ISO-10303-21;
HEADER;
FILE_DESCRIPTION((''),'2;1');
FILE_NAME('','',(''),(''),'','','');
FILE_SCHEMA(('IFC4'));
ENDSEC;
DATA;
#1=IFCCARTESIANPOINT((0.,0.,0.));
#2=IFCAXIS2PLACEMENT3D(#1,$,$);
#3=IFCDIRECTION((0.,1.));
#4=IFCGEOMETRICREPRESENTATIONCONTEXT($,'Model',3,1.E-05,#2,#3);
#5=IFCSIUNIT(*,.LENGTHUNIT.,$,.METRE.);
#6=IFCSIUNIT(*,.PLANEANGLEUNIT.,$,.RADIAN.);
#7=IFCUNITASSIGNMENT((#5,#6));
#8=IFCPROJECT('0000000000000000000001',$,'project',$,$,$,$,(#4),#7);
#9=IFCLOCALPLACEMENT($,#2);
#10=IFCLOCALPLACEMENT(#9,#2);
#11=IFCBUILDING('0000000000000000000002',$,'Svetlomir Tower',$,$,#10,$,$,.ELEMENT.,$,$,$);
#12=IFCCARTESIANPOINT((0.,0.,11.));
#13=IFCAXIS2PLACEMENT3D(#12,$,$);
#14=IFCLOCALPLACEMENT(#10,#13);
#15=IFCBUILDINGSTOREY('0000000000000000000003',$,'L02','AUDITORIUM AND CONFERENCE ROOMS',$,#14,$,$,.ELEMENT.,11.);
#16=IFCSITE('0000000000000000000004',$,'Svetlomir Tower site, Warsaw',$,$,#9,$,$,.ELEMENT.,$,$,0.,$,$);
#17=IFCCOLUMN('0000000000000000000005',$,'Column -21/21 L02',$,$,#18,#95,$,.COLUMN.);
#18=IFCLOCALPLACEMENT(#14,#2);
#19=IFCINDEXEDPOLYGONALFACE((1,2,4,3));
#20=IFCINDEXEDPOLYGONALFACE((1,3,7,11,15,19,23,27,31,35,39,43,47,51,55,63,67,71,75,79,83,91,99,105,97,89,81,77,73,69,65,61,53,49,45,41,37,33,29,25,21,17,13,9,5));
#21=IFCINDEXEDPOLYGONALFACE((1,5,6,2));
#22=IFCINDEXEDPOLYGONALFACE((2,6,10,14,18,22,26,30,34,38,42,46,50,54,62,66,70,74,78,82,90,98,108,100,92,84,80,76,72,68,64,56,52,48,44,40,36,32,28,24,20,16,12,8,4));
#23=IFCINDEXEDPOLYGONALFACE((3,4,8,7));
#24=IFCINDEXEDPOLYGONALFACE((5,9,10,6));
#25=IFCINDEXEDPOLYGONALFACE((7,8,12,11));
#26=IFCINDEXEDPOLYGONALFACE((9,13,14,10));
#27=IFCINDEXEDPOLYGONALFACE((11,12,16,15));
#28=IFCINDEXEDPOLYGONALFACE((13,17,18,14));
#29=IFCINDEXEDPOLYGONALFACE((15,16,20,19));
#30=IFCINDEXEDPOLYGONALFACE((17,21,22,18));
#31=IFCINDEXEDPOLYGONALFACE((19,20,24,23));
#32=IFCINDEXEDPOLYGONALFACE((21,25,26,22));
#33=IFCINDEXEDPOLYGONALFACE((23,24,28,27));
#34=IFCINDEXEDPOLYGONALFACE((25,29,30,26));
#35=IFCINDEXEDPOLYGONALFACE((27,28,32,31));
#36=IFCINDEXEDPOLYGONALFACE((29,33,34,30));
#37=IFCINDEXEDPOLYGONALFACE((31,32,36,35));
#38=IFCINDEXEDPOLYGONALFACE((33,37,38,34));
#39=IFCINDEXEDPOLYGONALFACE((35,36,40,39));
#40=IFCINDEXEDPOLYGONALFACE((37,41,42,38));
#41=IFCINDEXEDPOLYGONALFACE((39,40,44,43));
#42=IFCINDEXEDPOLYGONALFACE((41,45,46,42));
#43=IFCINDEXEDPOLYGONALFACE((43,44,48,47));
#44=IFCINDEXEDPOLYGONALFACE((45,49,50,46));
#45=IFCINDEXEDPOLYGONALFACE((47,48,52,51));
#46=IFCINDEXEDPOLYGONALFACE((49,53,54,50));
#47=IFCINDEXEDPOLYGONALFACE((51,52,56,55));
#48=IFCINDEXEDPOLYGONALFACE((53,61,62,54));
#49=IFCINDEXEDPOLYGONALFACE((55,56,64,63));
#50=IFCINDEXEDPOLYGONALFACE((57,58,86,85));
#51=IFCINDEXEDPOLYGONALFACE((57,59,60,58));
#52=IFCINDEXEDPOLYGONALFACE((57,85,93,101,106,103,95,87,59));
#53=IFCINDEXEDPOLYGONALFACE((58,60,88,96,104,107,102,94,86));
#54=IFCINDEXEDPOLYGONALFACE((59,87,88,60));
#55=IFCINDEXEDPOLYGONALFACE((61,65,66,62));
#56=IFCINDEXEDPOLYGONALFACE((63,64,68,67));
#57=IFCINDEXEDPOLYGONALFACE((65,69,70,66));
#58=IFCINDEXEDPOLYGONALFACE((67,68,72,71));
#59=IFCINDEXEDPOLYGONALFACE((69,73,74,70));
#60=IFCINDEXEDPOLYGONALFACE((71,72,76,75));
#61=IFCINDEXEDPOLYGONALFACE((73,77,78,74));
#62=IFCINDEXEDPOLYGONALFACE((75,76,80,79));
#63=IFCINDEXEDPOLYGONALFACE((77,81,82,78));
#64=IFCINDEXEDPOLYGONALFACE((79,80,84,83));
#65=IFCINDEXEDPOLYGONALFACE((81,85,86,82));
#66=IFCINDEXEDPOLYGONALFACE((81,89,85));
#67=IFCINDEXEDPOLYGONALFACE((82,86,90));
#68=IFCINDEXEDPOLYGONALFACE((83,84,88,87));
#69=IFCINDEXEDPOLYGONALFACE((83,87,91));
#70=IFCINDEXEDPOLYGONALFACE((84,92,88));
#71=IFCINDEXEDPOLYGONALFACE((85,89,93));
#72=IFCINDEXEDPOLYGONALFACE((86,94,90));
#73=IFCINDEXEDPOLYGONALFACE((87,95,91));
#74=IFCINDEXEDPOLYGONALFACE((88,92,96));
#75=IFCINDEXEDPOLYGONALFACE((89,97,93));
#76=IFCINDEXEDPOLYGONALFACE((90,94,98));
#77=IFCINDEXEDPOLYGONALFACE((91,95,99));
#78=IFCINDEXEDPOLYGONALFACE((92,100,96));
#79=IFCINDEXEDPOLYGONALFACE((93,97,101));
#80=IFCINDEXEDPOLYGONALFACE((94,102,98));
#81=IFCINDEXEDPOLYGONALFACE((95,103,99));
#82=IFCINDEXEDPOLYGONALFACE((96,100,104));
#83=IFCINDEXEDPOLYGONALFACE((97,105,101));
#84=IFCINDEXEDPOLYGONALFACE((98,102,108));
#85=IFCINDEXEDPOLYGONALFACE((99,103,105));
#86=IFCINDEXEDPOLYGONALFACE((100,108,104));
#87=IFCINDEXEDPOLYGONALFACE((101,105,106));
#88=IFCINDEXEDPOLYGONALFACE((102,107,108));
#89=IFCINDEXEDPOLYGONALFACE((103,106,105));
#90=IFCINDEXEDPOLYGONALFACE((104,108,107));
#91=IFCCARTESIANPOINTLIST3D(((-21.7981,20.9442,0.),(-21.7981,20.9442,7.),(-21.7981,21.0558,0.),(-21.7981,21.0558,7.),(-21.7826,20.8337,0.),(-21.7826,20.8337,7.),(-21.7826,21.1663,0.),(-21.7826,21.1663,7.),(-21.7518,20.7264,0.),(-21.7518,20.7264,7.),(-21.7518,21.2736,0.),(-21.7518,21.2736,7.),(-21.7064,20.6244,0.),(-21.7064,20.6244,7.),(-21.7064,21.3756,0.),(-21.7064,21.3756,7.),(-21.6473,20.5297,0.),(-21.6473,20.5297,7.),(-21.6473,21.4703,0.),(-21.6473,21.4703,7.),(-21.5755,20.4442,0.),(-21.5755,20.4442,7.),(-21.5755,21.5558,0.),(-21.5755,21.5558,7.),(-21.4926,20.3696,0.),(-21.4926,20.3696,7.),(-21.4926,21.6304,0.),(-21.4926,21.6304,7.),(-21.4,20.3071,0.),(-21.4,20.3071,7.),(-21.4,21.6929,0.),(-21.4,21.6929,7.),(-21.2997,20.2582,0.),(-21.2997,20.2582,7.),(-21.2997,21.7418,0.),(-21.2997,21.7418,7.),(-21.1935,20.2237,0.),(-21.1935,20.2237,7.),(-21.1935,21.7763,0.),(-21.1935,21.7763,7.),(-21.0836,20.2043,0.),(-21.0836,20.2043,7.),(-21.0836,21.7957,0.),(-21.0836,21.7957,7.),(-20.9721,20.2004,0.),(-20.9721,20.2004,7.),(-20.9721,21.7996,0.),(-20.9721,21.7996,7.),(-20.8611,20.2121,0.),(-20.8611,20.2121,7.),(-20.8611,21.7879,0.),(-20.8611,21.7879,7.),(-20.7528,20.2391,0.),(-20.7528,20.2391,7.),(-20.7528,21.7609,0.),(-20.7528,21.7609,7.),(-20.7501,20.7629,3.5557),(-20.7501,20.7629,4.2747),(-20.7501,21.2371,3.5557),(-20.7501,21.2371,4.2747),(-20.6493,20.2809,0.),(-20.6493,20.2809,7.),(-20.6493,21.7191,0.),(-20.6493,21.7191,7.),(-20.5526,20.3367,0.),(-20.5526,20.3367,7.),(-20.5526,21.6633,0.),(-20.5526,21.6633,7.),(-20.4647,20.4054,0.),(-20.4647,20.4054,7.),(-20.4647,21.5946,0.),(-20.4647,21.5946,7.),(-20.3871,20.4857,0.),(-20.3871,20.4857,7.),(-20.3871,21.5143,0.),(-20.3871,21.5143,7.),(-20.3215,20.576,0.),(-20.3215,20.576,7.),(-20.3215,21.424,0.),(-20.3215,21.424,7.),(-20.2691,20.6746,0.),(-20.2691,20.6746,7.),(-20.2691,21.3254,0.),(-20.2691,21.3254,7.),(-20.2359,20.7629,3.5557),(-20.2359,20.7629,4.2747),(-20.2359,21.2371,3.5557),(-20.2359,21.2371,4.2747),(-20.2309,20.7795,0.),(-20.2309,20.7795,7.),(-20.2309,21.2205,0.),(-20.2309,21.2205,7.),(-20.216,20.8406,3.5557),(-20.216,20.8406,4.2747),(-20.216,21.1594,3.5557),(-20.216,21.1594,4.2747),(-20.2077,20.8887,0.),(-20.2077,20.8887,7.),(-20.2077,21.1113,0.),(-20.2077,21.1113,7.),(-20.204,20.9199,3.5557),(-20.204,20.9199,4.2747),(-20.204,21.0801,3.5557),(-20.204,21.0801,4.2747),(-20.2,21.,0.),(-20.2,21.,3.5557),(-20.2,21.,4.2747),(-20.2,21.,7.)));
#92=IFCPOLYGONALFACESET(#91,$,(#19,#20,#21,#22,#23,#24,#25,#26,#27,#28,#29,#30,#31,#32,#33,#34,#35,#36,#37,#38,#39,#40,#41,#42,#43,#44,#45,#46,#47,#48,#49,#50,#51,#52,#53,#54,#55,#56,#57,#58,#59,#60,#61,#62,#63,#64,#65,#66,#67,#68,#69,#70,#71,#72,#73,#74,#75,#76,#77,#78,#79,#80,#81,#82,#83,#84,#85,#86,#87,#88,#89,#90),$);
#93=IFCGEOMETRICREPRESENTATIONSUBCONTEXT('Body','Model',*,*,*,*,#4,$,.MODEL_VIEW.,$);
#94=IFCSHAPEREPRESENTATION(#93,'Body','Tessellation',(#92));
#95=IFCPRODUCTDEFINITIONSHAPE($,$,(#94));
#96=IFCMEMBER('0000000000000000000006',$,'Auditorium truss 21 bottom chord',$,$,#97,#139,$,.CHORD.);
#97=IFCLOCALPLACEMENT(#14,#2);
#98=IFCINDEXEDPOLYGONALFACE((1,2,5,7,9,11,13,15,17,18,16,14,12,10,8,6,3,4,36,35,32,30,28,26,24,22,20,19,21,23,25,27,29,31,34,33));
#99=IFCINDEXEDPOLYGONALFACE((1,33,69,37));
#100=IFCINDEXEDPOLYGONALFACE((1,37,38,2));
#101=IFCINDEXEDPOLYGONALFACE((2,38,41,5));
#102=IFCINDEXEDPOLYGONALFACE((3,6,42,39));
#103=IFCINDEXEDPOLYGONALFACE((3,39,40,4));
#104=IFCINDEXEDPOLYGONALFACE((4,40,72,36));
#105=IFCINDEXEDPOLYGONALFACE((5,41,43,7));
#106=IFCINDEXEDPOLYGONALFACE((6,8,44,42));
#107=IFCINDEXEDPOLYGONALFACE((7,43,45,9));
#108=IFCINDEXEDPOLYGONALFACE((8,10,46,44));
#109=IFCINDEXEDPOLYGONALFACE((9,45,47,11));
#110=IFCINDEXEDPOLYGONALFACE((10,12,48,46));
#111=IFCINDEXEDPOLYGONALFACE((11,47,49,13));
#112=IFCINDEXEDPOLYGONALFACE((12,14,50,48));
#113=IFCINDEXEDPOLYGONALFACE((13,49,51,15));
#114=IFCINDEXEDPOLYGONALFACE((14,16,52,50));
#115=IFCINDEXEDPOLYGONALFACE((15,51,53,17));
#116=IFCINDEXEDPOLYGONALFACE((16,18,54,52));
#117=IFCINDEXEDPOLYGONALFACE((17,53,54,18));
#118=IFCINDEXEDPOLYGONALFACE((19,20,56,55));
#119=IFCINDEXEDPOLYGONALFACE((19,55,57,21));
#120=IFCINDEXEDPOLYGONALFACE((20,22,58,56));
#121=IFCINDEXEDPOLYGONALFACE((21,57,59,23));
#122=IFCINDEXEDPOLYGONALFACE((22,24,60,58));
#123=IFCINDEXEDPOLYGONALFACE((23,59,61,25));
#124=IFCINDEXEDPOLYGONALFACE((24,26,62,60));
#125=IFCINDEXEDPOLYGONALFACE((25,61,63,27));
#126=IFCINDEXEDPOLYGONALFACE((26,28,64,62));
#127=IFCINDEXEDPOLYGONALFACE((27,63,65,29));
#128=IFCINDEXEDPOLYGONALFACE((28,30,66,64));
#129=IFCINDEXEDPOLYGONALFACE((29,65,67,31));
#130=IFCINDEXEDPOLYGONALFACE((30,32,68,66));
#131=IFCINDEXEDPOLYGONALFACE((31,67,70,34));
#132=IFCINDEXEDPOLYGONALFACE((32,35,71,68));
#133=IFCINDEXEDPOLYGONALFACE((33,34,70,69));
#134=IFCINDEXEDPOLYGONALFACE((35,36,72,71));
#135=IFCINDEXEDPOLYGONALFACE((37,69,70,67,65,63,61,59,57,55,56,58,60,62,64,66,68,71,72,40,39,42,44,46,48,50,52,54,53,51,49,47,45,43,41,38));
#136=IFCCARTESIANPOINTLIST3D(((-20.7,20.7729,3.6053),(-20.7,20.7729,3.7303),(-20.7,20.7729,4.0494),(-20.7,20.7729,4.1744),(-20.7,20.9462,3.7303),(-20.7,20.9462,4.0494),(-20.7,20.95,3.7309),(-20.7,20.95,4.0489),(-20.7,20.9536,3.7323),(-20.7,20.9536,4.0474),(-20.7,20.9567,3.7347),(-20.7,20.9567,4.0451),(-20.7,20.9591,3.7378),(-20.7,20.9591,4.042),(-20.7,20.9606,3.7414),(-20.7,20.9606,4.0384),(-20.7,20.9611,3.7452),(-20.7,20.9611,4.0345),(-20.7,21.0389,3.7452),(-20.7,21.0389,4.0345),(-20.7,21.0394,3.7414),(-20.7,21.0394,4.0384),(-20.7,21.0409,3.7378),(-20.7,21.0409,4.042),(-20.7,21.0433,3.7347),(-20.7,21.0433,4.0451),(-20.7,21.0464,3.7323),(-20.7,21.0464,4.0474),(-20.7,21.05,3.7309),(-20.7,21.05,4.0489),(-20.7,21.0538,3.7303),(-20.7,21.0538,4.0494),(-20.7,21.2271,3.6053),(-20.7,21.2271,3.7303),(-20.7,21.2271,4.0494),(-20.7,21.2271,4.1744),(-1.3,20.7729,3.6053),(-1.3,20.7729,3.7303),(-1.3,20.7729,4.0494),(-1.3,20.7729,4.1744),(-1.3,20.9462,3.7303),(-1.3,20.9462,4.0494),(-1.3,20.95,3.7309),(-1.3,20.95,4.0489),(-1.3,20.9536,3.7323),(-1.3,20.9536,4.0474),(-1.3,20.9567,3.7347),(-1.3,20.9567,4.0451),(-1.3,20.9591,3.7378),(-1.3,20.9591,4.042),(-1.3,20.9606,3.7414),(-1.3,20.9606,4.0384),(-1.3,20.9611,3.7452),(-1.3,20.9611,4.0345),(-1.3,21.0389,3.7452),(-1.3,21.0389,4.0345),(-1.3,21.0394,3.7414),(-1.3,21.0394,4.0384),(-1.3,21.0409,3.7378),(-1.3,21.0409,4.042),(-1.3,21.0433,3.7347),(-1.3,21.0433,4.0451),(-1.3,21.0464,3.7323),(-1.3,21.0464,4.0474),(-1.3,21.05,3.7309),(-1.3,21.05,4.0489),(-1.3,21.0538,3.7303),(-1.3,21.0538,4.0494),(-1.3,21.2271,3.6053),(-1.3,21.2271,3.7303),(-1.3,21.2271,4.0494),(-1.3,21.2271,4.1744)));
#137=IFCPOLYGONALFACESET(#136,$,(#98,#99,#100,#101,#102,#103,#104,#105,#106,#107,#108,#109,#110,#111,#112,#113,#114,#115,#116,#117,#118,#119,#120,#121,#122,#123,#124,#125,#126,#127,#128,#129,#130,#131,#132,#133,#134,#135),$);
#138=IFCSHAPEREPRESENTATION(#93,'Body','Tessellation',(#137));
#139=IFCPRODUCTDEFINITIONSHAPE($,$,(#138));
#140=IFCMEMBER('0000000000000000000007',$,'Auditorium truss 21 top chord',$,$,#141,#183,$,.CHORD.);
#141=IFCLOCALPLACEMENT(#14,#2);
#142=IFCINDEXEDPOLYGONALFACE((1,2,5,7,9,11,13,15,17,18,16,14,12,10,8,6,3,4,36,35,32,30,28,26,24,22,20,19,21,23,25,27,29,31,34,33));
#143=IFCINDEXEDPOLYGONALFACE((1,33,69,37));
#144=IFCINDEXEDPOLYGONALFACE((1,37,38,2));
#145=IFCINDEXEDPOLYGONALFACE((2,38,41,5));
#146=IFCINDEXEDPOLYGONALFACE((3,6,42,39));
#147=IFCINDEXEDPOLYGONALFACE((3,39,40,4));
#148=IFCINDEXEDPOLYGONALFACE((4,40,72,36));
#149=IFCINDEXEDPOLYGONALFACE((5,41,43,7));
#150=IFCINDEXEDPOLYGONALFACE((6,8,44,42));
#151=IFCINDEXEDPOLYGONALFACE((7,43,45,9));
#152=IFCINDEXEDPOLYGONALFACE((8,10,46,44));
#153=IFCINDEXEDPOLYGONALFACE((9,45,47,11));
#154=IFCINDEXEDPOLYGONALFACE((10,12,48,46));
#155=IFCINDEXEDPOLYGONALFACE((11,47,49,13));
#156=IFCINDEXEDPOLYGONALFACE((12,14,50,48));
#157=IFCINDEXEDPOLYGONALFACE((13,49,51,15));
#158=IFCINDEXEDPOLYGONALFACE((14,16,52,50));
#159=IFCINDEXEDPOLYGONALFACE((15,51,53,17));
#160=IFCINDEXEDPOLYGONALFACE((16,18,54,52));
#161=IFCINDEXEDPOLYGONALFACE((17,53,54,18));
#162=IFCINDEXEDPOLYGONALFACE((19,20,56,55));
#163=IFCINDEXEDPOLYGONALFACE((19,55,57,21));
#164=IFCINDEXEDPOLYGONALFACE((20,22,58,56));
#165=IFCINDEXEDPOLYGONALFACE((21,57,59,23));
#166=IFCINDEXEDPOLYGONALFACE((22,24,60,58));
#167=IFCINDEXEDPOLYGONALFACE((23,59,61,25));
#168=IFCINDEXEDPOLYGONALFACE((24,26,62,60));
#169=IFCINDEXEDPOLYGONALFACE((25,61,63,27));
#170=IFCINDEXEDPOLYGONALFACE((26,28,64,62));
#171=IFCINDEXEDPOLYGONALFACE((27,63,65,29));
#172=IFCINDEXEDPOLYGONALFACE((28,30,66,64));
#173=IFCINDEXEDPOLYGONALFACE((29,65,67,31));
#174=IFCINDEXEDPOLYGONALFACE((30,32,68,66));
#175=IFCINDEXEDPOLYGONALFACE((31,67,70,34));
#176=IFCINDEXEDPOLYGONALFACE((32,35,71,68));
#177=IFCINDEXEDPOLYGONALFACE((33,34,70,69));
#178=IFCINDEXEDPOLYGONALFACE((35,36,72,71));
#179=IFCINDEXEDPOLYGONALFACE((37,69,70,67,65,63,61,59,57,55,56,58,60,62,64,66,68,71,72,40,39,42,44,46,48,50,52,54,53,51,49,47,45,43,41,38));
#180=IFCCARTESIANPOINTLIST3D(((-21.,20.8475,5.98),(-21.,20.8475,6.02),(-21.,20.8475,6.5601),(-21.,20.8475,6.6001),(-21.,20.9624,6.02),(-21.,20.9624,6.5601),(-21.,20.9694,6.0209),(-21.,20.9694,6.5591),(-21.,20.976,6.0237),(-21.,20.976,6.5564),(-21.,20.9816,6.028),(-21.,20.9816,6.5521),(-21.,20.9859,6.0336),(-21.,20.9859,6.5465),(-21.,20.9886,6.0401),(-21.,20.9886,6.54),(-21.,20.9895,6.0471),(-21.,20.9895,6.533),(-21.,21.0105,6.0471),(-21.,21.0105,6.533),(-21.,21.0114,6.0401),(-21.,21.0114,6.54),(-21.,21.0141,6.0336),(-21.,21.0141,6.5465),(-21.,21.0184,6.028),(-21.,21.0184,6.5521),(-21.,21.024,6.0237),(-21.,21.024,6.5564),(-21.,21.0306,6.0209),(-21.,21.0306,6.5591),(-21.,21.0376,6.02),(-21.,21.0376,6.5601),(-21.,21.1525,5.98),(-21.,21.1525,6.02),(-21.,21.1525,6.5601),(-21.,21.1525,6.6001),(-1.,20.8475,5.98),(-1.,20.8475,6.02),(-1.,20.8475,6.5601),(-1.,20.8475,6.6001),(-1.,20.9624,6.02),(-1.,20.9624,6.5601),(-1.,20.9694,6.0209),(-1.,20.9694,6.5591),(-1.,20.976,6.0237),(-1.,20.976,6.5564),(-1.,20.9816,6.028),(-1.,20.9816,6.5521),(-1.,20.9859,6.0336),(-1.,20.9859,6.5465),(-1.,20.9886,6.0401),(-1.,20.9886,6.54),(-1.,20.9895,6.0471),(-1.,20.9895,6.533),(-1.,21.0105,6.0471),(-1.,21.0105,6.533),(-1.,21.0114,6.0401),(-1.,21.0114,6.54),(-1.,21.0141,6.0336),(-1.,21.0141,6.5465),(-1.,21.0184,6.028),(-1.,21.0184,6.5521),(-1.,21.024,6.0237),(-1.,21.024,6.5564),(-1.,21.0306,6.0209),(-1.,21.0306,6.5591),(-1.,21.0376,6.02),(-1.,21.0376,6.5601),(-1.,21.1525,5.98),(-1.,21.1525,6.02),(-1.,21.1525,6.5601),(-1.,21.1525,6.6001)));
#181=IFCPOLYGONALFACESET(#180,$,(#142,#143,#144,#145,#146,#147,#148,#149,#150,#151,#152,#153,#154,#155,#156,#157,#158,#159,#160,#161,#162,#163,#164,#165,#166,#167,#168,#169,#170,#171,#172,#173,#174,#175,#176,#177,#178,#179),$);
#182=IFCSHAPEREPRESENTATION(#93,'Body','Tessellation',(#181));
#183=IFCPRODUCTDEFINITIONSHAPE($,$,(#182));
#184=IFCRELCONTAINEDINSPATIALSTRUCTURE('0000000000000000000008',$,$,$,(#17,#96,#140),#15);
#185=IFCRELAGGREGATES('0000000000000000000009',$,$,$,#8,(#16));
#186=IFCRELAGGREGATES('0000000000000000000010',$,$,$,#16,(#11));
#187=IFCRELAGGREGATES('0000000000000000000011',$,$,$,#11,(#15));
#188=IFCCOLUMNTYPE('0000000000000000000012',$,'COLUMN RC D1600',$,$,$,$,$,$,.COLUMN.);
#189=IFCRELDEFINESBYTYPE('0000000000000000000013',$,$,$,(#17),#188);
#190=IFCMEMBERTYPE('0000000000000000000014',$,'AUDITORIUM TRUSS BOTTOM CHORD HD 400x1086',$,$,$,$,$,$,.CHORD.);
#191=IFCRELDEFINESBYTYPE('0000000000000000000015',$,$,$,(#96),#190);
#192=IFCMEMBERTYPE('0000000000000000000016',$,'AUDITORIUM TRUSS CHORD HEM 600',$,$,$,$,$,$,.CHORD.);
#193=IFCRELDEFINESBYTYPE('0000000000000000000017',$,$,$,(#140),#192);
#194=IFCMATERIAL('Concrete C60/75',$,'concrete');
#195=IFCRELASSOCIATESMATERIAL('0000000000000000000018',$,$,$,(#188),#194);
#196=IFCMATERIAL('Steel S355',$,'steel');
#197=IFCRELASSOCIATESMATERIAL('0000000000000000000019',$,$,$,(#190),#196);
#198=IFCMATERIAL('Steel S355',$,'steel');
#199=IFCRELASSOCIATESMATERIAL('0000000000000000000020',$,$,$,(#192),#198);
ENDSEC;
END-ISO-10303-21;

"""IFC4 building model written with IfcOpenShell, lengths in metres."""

from ifc_helpers import new_model, si_unit, direction, frame, origin, origin_2d, place, context, subcontext, project, spatial, rectangle, circle, i_section, extrude, material, material_profile, profile_set, type_object, element, save


model = new_model("IFC4")

# Units and contexts
model_context = context("Model", 3, precision=1e-05, world=origin(), true_north=direction((0.0, 1.0)))
body_context = subcontext(model_context, "Body", "Model", "MODEL_VIEW")
ifc_project = project(units=[si_unit("LENGTHUNIT", "METRE"), si_unit("PLANEANGLEUNIT", "RADIAN")], contexts=[model_context])

# Site, building, storey
site_placement = place(None, origin())
site = spatial("IfcSite", under=ifc_project, at=site_placement, Name="Svetlomir Tower site, Warsaw", CompositionType="ELEMENT", RefElevation=0.0)
building_placement = place(site_placement, origin())
building = spatial("IfcBuilding", under=site, at=building_placement, Name="Svetlomir Tower", CompositionType="ELEMENT")
storey_placement = place(building_placement, frame((0.0, 0.0, 11.0)))
storey = spatial("IfcBuildingStorey", under=building, at=storey_placement, Name="L02", Description="AUDITORIUM AND CONFERENCE ROOMS", CompositionType="ELEMENT", Elevation=11.0)

# Column, opening
ifc_material_1 = material(Name="Concrete C60/75", Category="concrete")
ifc_material_profile_1 = material_profile(ifc_material_1, circle(Radius=0.8, at=origin_2d()), Name="RC D1600")
ifc_profile_set_1 = profile_set([ifc_material_profile_1], Name="Concrete C60/75")
column_type = type_object("IfcColumnType", Name="COLUMN RC D1600", PredefinedType="COLUMN", material=ifc_profile_set_1)
column_placement = place(storey_placement, frame((-21.0, 21.0, 0.0), z_axis=(0.0, 0.0, 1.0), x_axis=(1.0, 0.0, 0.0)))
column = element("IfcColumn", 1, at=column_placement, inside=storey, type_object=column_type, Name="Column -21/21 L02", PredefinedType="COLUMN", context=body_context, shape_type="SweptSolid", body=[
    extrude(circle(Radius=0.8, at=origin_2d()), origin(), (0.0, 0.0, 1.0), 7.0),
])
opening_1_placement = place(storey_placement, frame((-20.4651, 21.0, 3.5557), z_axis=(0.0, 0.0, 1.0), x_axis=(1.0, 0.0, 0.0)))
element("IfcOpeningElement", 2, at=opening_1_placement, cuts=column, PredefinedType="RECESS", context=body_context, shape_type="SweptSolid", body=[
    extrude(rectangle(XDim=0.5701, YDim=0.4741, at=origin_2d()), origin(), (0.0, 0.0, 1.0), 0.719),
])

# Members
ifc_material_2 = material(Name="Steel S355", Category="steel")
ifc_material_profile_2 = material_profile(ifc_material_2, i_section(OverallWidth=0.4541, OverallDepth=0.5691, WebThickness=0.0779, FlangeThickness=0.125, FilletRadius=0.0149, at=origin_2d()), Name="HD 400x1086")
ifc_profile_set_2 = profile_set([ifc_material_profile_2], Name="Steel S355")
member_type_1 = type_object("IfcMemberType", Name="AUDITORIUM TRUSS BOTTOM CHORD HD 400x1086", PredefinedType="CHORD", material=ifc_profile_set_2)
member_1_placement = place(storey_placement, frame((-20.7, 21.0, 3.8899), z_axis=(1.0, 0.0, 0.0), x_axis=(0.0, 1.0, 0.0)))
element("IfcMember", 3, at=member_1_placement, inside=storey, type_object=member_type_1, Name="Auditorium truss 21 bottom chord", PredefinedType="CHORD", context=body_context, shape_type="SweptSolid", body=[
    extrude(i_section(OverallWidth=0.4541, OverallDepth=0.5691, WebThickness=0.0779, FlangeThickness=0.125, FilletRadius=0.0149, at=origin_2d()), origin(), (0.0, 0.0, 1.0), 19.3999),
])
ifc_material_3 = material(Name="Steel S355", Category="steel")
ifc_material_profile_3 = material_profile(ifc_material_3, i_section(OverallWidth=0.3049, OverallDepth=0.6201, WebThickness=0.021, FlangeThickness=0.04, FilletRadius=0.0271, at=origin_2d()), Name="HEM 600")
ifc_profile_set_3 = profile_set([ifc_material_profile_3], Name="Steel S355")
member_type_2 = type_object("IfcMemberType", Name="AUDITORIUM TRUSS CHORD HEM 600", PredefinedType="CHORD", material=ifc_profile_set_3)
member_2_placement = place(storey_placement, frame((-21.0, 21.0, 6.29), z_axis=(1.0, 0.0, 0.0), x_axis=(0.0, 1.0, 0.0)))
element("IfcMember", 4, at=member_2_placement, inside=storey, type_object=member_type_2, Name="Auditorium truss 21 top chord", PredefinedType="CHORD", context=body_context, shape_type="SweptSolid", body=[
    extrude(i_section(OverallWidth=0.3049, OverallDepth=0.6201, WebThickness=0.021, FlangeThickness=0.04, FilletRadius=0.0271, at=origin_2d()), origin(), (0.0, 0.0, 1.0), 20.0),
])

save(model, "model.ifc")
